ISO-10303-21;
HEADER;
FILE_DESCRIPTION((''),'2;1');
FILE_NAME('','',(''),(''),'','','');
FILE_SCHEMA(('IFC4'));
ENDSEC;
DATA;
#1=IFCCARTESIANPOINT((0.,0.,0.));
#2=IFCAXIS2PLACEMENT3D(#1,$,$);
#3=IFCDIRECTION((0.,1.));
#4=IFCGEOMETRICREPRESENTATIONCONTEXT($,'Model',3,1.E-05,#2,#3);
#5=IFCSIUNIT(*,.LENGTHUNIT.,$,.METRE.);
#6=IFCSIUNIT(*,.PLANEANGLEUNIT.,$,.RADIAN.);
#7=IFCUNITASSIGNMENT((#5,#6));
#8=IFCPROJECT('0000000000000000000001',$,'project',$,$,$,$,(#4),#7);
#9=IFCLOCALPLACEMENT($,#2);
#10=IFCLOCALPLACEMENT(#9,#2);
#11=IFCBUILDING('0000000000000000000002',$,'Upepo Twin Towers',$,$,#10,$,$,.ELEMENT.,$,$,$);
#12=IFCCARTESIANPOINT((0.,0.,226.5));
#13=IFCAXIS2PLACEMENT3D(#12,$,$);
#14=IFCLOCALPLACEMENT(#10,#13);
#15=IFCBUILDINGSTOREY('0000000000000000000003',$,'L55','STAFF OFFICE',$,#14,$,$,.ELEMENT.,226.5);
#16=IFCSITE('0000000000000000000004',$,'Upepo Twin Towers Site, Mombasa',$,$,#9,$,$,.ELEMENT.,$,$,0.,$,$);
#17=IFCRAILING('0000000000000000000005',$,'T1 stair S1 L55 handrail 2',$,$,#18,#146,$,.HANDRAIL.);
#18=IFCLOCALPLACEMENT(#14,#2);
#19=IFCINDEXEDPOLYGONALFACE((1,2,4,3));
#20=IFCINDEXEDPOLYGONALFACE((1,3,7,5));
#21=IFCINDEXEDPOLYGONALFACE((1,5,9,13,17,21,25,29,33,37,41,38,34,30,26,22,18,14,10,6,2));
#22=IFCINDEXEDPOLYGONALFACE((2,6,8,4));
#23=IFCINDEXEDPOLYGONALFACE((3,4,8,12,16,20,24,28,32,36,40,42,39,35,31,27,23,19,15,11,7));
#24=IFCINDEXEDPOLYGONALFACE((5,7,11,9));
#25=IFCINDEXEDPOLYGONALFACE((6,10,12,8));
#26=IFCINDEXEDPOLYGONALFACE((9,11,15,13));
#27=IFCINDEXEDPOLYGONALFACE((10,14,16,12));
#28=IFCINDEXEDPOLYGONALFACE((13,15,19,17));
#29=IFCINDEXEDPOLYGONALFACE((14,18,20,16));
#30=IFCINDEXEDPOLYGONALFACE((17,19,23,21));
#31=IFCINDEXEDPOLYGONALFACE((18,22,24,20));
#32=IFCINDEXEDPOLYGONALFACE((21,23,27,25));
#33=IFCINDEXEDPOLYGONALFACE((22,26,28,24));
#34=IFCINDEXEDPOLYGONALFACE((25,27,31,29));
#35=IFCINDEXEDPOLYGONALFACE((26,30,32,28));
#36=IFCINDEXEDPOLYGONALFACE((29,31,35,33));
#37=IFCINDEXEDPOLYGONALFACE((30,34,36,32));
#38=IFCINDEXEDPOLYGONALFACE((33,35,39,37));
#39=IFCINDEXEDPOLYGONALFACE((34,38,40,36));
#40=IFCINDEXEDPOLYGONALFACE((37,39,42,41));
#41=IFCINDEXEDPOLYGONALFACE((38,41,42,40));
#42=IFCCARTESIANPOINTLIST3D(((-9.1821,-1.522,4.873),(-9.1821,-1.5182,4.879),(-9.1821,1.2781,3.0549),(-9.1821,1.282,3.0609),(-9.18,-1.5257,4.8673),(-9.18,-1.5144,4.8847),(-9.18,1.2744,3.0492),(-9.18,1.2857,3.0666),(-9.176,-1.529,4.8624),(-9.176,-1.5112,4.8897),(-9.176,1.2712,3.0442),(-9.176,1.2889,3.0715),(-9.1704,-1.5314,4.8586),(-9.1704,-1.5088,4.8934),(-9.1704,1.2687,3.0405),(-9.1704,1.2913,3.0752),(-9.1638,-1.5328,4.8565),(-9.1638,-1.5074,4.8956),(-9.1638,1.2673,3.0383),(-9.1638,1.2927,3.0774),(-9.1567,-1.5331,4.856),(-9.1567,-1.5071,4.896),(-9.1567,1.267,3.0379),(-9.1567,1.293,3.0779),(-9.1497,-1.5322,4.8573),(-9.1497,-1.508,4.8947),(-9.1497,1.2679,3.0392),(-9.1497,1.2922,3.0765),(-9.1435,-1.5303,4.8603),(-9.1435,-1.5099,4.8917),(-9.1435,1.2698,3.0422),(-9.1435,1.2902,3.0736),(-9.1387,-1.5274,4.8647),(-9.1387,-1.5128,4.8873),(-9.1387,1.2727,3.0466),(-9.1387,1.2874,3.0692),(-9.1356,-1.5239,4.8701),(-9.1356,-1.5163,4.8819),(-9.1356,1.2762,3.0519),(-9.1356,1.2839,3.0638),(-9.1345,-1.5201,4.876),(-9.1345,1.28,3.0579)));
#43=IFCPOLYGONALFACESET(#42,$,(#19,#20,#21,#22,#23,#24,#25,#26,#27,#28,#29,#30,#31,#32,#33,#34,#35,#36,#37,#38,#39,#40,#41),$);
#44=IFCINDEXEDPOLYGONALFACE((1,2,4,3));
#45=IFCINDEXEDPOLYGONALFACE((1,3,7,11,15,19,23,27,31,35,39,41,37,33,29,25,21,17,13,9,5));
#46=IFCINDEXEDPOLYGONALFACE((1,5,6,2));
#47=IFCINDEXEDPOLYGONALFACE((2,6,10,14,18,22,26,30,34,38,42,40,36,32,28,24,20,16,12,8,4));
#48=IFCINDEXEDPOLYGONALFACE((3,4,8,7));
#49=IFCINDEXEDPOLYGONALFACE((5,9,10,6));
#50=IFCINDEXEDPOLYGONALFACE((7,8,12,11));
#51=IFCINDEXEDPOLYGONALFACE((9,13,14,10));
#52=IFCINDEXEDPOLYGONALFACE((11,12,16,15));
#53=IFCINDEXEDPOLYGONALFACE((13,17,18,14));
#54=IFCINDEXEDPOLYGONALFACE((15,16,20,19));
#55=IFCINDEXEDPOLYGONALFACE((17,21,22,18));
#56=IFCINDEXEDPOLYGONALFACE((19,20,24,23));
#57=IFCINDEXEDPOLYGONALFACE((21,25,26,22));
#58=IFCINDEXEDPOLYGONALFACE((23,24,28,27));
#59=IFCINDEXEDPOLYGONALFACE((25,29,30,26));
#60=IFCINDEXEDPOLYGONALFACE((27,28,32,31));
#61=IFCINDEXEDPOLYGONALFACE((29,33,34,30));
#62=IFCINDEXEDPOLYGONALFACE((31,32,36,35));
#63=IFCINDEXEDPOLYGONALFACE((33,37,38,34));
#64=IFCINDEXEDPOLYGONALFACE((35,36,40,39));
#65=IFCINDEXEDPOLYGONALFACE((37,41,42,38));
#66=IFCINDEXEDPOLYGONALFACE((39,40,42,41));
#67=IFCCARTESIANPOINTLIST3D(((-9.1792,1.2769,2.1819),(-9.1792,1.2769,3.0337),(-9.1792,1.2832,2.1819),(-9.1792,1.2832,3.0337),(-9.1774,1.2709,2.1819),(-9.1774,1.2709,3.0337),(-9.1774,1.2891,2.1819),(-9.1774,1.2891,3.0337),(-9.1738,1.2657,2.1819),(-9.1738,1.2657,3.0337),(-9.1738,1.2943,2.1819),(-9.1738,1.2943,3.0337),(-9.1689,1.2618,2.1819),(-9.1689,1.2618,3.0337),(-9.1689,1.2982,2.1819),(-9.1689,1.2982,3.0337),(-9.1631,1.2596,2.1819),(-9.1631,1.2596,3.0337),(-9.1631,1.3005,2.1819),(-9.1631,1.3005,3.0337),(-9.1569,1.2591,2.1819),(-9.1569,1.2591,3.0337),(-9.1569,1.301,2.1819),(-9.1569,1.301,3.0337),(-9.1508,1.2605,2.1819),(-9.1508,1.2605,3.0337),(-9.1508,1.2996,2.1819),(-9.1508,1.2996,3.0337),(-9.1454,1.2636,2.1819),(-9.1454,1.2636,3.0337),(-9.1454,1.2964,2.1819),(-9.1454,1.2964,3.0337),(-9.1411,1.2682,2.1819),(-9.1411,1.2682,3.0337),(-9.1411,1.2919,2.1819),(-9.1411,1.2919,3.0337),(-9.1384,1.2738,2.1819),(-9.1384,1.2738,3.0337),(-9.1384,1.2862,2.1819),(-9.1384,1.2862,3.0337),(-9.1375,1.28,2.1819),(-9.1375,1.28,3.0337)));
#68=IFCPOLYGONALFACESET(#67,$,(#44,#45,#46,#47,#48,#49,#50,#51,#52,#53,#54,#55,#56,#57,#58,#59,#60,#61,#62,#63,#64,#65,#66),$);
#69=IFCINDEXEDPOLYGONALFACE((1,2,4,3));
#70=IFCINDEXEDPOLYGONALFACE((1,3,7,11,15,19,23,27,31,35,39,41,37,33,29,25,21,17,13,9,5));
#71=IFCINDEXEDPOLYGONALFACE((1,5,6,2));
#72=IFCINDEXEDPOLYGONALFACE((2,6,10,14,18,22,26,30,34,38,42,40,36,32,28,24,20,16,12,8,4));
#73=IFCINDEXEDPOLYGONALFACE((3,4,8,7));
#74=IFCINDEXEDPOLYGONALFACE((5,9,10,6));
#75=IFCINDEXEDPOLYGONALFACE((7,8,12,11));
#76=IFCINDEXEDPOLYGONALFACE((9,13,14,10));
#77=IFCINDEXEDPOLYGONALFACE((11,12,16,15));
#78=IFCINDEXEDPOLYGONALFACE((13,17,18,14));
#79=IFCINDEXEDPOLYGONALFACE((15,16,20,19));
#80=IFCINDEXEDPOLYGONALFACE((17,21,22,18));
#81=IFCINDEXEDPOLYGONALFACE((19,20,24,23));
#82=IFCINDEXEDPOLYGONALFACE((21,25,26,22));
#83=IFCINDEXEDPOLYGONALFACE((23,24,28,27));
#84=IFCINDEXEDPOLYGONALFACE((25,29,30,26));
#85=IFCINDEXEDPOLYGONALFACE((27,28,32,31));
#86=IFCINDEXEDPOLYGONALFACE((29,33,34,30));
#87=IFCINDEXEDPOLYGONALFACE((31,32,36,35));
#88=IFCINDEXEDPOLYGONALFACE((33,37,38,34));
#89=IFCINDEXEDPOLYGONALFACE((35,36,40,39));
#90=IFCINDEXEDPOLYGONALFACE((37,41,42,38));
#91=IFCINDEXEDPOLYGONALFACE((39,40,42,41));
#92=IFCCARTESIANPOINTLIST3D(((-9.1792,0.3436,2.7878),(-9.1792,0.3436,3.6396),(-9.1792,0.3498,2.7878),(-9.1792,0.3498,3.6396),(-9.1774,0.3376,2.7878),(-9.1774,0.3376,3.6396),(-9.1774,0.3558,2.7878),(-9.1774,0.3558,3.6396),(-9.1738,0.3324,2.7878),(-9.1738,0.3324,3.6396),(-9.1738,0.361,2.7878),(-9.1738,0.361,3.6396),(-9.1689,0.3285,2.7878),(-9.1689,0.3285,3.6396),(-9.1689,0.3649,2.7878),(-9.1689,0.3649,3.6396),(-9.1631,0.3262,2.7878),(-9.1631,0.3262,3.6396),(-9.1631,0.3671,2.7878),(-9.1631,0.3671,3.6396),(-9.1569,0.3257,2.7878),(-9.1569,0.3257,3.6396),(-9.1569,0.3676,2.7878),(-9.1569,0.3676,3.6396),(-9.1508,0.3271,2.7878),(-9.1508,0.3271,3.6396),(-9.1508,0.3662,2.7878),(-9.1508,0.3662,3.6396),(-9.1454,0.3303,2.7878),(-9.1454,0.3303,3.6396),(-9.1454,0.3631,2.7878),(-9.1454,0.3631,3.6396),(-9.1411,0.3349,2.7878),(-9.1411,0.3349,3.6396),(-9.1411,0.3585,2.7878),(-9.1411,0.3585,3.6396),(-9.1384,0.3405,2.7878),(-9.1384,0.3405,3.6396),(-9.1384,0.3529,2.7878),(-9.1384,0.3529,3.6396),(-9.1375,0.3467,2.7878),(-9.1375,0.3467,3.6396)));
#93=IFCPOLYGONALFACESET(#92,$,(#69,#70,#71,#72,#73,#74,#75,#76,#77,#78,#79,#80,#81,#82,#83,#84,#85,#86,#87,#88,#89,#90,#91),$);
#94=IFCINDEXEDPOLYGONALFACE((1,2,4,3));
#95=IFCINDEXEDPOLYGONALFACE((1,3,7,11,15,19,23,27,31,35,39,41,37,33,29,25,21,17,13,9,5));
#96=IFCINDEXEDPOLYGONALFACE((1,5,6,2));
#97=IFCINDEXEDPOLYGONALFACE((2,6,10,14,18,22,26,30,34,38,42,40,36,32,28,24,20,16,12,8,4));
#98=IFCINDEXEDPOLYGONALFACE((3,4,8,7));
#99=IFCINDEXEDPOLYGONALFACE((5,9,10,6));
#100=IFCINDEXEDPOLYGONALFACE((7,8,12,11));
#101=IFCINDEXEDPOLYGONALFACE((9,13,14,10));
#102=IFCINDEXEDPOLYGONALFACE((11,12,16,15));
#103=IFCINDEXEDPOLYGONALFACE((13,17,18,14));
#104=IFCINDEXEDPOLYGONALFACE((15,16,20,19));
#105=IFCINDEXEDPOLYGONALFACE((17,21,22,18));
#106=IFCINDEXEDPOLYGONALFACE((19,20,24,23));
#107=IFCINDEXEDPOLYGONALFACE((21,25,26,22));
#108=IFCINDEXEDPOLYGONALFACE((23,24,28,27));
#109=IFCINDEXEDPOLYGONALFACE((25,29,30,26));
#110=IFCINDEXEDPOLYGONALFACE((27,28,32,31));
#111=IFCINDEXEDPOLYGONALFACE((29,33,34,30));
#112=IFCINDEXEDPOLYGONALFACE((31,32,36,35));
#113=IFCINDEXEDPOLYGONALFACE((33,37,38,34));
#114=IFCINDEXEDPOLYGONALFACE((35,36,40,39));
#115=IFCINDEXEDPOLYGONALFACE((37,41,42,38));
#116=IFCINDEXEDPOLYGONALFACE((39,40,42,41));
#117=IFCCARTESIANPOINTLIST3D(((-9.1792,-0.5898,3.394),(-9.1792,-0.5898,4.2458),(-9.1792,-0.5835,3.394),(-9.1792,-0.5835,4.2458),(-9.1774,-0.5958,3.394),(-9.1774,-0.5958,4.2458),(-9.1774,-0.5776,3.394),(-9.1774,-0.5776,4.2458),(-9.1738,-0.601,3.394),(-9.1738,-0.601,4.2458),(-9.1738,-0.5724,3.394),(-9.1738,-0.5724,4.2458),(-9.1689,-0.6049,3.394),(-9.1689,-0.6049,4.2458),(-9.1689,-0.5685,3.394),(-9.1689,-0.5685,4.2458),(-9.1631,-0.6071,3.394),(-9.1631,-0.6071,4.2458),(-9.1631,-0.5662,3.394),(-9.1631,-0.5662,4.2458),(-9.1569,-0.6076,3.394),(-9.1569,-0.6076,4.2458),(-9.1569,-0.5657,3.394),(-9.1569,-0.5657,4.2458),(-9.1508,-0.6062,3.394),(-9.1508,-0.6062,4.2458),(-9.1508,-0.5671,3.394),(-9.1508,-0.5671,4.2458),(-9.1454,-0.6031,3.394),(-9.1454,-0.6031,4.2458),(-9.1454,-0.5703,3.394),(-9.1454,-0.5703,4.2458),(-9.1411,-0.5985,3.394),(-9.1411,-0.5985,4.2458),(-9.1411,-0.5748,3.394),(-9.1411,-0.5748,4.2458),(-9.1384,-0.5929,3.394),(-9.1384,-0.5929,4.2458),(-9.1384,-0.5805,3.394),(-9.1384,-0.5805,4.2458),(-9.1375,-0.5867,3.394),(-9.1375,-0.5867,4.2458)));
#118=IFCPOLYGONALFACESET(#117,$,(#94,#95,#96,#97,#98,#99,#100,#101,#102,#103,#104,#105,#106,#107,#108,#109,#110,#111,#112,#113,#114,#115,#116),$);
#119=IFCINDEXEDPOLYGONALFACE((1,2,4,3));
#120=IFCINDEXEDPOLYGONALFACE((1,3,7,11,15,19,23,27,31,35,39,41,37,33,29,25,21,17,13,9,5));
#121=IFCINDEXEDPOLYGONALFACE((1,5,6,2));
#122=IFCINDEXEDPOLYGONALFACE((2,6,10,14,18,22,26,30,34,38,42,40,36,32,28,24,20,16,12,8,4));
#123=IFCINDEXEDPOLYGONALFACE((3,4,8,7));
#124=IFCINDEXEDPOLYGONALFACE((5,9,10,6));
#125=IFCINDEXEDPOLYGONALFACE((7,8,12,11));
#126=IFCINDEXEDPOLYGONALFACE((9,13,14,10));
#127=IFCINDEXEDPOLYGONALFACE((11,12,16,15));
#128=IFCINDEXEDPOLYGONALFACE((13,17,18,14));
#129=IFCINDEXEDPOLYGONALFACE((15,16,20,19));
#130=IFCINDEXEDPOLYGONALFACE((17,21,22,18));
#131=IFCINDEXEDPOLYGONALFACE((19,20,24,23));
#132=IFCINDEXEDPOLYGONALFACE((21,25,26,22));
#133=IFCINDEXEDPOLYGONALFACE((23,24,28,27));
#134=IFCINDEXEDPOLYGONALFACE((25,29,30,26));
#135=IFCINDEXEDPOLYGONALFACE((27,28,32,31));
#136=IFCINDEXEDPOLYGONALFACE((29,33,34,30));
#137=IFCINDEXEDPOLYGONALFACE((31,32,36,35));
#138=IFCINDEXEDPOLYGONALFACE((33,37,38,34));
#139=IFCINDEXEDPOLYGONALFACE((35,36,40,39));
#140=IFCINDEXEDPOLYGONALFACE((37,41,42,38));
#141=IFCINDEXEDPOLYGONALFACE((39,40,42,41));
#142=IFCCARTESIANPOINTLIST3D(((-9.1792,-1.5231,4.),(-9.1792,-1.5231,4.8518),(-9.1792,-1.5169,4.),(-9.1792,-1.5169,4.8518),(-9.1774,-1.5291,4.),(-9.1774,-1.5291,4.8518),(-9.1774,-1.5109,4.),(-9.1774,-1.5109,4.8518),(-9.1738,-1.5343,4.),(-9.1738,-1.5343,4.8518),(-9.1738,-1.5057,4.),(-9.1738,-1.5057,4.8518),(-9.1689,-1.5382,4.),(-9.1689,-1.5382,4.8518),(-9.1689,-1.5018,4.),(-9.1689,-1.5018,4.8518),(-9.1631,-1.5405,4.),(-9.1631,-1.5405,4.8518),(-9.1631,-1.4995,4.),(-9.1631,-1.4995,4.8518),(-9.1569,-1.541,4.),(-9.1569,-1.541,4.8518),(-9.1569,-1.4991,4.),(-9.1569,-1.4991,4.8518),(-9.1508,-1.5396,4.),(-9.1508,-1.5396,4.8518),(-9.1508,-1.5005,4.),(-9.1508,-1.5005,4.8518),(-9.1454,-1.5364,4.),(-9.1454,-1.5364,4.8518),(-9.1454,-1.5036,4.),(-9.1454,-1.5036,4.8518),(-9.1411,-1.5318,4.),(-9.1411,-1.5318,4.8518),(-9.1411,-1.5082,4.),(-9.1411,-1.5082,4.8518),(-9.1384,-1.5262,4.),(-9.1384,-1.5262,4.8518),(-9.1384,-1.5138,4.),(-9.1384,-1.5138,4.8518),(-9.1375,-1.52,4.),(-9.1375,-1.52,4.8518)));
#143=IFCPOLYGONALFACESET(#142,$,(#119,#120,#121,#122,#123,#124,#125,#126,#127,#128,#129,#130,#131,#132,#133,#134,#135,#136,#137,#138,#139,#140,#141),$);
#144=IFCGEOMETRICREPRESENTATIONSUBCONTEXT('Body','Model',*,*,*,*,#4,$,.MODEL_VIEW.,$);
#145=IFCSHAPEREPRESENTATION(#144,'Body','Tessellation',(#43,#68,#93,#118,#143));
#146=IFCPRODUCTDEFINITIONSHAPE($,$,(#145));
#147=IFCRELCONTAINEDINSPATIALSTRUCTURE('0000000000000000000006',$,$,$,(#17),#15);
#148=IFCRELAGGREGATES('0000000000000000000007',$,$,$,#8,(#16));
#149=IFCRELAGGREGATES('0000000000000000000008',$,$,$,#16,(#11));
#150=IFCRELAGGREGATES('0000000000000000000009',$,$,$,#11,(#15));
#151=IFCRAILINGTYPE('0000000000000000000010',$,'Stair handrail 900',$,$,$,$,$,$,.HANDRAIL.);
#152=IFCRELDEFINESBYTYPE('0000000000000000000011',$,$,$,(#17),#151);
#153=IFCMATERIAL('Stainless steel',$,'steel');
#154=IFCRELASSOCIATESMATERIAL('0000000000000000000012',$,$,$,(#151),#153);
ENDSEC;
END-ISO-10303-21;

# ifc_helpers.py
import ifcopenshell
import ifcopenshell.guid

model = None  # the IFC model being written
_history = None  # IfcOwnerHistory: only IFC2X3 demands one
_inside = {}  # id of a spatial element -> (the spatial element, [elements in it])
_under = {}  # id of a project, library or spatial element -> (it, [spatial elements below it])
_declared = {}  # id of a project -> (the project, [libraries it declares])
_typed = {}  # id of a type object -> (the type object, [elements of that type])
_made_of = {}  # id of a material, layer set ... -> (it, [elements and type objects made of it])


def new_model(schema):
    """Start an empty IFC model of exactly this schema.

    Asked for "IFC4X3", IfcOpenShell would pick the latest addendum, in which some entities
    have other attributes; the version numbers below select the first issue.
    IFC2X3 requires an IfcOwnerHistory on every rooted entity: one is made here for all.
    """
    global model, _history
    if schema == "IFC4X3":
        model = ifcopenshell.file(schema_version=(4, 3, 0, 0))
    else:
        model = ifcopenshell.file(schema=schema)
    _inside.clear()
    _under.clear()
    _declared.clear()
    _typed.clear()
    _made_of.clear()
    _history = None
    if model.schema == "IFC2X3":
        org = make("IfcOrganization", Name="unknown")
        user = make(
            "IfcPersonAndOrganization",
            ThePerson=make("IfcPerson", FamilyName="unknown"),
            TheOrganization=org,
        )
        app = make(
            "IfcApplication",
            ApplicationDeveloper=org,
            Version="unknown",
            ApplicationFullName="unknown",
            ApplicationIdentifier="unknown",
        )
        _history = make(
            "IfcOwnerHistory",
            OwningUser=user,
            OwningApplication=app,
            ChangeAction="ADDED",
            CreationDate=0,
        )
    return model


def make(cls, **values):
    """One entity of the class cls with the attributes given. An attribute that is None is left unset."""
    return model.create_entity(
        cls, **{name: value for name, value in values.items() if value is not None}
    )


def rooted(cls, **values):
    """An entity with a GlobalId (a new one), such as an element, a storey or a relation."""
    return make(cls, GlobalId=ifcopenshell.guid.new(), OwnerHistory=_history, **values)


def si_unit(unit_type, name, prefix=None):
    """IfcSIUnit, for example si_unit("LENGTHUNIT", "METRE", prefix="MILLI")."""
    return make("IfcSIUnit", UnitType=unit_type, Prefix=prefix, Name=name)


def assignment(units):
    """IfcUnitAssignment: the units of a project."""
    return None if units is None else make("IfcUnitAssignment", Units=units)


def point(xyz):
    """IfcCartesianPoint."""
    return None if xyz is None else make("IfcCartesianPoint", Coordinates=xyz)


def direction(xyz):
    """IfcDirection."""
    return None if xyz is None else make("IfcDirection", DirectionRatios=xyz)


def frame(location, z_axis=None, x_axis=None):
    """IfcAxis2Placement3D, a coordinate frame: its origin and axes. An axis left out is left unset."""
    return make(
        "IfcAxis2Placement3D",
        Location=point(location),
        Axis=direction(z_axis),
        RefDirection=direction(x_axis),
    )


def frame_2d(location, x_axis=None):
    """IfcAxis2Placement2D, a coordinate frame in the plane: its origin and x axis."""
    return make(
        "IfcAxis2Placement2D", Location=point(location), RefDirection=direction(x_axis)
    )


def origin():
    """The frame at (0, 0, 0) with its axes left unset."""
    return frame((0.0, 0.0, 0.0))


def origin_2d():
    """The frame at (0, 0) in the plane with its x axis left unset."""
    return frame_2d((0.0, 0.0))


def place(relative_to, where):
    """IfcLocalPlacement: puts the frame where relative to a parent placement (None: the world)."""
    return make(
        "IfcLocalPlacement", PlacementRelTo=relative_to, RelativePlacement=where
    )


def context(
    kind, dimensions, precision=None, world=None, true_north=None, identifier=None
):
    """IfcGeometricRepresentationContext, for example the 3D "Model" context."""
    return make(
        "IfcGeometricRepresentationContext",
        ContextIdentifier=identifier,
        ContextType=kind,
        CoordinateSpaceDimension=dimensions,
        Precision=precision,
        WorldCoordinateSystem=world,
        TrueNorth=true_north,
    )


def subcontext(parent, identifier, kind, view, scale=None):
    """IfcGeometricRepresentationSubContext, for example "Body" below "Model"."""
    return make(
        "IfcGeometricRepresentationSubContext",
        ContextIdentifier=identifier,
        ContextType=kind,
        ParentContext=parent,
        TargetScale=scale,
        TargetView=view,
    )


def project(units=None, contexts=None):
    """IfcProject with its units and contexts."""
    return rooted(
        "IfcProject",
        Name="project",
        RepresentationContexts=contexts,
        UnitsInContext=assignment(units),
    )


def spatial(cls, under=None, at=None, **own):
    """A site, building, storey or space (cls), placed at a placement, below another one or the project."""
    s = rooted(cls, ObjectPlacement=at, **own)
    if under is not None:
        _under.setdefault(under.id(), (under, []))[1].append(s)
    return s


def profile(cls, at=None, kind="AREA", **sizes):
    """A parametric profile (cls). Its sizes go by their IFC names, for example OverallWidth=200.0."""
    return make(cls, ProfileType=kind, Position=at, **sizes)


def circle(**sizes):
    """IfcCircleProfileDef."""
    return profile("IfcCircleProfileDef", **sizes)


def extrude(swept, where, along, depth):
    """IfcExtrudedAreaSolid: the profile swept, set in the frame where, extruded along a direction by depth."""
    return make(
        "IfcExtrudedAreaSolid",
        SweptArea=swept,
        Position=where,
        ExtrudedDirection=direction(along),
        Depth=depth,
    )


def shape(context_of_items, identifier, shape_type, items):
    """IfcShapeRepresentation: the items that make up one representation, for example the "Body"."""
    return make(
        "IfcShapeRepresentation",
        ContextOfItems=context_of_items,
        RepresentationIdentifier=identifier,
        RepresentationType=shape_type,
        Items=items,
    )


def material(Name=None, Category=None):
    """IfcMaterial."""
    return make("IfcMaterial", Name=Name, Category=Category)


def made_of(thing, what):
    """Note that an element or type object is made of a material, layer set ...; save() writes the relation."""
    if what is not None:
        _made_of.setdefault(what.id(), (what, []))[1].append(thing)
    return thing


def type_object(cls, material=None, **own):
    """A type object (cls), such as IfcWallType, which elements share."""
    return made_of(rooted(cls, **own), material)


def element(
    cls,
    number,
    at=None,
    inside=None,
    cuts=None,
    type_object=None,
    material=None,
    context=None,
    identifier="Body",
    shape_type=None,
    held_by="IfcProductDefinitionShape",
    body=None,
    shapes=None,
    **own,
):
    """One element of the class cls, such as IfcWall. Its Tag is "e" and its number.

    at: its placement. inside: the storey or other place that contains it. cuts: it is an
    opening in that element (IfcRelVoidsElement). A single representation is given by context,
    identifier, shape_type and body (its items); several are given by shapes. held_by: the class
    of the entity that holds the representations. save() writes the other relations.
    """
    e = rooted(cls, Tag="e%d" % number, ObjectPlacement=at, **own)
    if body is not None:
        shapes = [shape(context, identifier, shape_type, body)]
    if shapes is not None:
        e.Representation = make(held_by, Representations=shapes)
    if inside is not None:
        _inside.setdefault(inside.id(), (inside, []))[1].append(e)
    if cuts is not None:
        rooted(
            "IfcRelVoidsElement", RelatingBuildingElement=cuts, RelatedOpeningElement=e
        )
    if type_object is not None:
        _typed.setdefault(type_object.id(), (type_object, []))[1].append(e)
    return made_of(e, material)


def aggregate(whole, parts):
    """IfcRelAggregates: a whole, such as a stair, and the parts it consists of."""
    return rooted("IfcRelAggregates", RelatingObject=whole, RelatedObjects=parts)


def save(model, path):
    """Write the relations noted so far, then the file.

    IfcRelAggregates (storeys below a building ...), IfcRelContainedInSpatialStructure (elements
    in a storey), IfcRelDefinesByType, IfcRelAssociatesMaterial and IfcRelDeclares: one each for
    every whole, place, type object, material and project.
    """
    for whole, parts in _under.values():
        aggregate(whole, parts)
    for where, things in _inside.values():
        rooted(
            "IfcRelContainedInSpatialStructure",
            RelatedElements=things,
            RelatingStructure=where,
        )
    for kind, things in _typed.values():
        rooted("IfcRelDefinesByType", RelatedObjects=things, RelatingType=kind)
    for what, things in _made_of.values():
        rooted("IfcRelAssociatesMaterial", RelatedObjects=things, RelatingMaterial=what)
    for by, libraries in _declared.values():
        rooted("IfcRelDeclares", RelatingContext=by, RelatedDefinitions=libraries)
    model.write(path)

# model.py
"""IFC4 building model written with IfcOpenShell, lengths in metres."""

from ifc_helpers import new_model, si_unit, direction, frame, origin, origin_2d, place, context, subcontext, project, spatial, circle, extrude, material, type_object, element, save


model = new_model("IFC4")

# Units and contexts
model_context = context("Model", 3, precision=1e-05, world=origin(), true_north=direction((0.0, 1.0)))
body_context = subcontext(model_context, "Body", "Model", "MODEL_VIEW")
ifc_project = project(units=[si_unit("LENGTHUNIT", "METRE"), si_unit("PLANEANGLEUNIT", "RADIAN")], contexts=[model_context])

# Site, building, storey
site_placement = place(None, origin())
site = spatial("IfcSite", under=ifc_project, at=site_placement, Name="Upepo Twin Towers Site, Mombasa", CompositionType="ELEMENT", RefElevation=0.0)
building_placement = place(site_placement, origin())
building = spatial("IfcBuilding", under=site, at=building_placement, Name="Upepo Twin Towers", CompositionType="ELEMENT")
storey_placement = place(building_placement, frame((0.0, 0.0, 226.5)))
storey = spatial("IfcBuildingStorey", under=building, at=storey_placement, Name="L55", Description="STAFF OFFICE", CompositionType="ELEMENT", Elevation=226.5)

# Railing
ifc_material_1 = material(Name="Stainless steel", Category="steel")
railing_type = type_object("IfcRailingType", Name="Stair handrail 900", PredefinedType="HANDRAIL", material=ifc_material_1)
railing_placement = place(storey_placement, frame((-9.1584, 1.28, 2.1819)))
element("IfcRailing", 1, at=railing_placement, inside=storey, type_object=railing_type, Name="T1 stair S1 L55 handrail 2", PredefinedType="HANDRAIL", context=body_context, shape_type="SweptSolid", body=[
    extrude(circle(Radius=0.0239, at=origin_2d()), frame((0.0, 0.0, 0.876), z_axis=(0.0, -0.838706, 0.544585), x_axis=(1.0, 0.0, 0.0)), (0.0, 0.0, 1.0), 3.3386),
    extrude(circle(Radius=0.021, at=origin_2d()), origin(), (0.0, 0.0, 1.0), 0.8518),
    extrude(circle(Radius=0.021, at=origin_2d()), frame((0.0, -0.9333, 0.606)), (0.0, 0.0, 1.0), 0.8518),
    extrude(circle(Radius=0.021, at=origin_2d()), frame((0.0, -1.8667, 1.2122)), (0.0, 0.0, 1.0), 0.8518),
    extrude(circle(Radius=0.021, at=origin_2d()), frame((0.0, -2.8, 1.8181)), (0.0, 0.0, 1.0), 0.8518),
])

save(model, "model.ifc")
